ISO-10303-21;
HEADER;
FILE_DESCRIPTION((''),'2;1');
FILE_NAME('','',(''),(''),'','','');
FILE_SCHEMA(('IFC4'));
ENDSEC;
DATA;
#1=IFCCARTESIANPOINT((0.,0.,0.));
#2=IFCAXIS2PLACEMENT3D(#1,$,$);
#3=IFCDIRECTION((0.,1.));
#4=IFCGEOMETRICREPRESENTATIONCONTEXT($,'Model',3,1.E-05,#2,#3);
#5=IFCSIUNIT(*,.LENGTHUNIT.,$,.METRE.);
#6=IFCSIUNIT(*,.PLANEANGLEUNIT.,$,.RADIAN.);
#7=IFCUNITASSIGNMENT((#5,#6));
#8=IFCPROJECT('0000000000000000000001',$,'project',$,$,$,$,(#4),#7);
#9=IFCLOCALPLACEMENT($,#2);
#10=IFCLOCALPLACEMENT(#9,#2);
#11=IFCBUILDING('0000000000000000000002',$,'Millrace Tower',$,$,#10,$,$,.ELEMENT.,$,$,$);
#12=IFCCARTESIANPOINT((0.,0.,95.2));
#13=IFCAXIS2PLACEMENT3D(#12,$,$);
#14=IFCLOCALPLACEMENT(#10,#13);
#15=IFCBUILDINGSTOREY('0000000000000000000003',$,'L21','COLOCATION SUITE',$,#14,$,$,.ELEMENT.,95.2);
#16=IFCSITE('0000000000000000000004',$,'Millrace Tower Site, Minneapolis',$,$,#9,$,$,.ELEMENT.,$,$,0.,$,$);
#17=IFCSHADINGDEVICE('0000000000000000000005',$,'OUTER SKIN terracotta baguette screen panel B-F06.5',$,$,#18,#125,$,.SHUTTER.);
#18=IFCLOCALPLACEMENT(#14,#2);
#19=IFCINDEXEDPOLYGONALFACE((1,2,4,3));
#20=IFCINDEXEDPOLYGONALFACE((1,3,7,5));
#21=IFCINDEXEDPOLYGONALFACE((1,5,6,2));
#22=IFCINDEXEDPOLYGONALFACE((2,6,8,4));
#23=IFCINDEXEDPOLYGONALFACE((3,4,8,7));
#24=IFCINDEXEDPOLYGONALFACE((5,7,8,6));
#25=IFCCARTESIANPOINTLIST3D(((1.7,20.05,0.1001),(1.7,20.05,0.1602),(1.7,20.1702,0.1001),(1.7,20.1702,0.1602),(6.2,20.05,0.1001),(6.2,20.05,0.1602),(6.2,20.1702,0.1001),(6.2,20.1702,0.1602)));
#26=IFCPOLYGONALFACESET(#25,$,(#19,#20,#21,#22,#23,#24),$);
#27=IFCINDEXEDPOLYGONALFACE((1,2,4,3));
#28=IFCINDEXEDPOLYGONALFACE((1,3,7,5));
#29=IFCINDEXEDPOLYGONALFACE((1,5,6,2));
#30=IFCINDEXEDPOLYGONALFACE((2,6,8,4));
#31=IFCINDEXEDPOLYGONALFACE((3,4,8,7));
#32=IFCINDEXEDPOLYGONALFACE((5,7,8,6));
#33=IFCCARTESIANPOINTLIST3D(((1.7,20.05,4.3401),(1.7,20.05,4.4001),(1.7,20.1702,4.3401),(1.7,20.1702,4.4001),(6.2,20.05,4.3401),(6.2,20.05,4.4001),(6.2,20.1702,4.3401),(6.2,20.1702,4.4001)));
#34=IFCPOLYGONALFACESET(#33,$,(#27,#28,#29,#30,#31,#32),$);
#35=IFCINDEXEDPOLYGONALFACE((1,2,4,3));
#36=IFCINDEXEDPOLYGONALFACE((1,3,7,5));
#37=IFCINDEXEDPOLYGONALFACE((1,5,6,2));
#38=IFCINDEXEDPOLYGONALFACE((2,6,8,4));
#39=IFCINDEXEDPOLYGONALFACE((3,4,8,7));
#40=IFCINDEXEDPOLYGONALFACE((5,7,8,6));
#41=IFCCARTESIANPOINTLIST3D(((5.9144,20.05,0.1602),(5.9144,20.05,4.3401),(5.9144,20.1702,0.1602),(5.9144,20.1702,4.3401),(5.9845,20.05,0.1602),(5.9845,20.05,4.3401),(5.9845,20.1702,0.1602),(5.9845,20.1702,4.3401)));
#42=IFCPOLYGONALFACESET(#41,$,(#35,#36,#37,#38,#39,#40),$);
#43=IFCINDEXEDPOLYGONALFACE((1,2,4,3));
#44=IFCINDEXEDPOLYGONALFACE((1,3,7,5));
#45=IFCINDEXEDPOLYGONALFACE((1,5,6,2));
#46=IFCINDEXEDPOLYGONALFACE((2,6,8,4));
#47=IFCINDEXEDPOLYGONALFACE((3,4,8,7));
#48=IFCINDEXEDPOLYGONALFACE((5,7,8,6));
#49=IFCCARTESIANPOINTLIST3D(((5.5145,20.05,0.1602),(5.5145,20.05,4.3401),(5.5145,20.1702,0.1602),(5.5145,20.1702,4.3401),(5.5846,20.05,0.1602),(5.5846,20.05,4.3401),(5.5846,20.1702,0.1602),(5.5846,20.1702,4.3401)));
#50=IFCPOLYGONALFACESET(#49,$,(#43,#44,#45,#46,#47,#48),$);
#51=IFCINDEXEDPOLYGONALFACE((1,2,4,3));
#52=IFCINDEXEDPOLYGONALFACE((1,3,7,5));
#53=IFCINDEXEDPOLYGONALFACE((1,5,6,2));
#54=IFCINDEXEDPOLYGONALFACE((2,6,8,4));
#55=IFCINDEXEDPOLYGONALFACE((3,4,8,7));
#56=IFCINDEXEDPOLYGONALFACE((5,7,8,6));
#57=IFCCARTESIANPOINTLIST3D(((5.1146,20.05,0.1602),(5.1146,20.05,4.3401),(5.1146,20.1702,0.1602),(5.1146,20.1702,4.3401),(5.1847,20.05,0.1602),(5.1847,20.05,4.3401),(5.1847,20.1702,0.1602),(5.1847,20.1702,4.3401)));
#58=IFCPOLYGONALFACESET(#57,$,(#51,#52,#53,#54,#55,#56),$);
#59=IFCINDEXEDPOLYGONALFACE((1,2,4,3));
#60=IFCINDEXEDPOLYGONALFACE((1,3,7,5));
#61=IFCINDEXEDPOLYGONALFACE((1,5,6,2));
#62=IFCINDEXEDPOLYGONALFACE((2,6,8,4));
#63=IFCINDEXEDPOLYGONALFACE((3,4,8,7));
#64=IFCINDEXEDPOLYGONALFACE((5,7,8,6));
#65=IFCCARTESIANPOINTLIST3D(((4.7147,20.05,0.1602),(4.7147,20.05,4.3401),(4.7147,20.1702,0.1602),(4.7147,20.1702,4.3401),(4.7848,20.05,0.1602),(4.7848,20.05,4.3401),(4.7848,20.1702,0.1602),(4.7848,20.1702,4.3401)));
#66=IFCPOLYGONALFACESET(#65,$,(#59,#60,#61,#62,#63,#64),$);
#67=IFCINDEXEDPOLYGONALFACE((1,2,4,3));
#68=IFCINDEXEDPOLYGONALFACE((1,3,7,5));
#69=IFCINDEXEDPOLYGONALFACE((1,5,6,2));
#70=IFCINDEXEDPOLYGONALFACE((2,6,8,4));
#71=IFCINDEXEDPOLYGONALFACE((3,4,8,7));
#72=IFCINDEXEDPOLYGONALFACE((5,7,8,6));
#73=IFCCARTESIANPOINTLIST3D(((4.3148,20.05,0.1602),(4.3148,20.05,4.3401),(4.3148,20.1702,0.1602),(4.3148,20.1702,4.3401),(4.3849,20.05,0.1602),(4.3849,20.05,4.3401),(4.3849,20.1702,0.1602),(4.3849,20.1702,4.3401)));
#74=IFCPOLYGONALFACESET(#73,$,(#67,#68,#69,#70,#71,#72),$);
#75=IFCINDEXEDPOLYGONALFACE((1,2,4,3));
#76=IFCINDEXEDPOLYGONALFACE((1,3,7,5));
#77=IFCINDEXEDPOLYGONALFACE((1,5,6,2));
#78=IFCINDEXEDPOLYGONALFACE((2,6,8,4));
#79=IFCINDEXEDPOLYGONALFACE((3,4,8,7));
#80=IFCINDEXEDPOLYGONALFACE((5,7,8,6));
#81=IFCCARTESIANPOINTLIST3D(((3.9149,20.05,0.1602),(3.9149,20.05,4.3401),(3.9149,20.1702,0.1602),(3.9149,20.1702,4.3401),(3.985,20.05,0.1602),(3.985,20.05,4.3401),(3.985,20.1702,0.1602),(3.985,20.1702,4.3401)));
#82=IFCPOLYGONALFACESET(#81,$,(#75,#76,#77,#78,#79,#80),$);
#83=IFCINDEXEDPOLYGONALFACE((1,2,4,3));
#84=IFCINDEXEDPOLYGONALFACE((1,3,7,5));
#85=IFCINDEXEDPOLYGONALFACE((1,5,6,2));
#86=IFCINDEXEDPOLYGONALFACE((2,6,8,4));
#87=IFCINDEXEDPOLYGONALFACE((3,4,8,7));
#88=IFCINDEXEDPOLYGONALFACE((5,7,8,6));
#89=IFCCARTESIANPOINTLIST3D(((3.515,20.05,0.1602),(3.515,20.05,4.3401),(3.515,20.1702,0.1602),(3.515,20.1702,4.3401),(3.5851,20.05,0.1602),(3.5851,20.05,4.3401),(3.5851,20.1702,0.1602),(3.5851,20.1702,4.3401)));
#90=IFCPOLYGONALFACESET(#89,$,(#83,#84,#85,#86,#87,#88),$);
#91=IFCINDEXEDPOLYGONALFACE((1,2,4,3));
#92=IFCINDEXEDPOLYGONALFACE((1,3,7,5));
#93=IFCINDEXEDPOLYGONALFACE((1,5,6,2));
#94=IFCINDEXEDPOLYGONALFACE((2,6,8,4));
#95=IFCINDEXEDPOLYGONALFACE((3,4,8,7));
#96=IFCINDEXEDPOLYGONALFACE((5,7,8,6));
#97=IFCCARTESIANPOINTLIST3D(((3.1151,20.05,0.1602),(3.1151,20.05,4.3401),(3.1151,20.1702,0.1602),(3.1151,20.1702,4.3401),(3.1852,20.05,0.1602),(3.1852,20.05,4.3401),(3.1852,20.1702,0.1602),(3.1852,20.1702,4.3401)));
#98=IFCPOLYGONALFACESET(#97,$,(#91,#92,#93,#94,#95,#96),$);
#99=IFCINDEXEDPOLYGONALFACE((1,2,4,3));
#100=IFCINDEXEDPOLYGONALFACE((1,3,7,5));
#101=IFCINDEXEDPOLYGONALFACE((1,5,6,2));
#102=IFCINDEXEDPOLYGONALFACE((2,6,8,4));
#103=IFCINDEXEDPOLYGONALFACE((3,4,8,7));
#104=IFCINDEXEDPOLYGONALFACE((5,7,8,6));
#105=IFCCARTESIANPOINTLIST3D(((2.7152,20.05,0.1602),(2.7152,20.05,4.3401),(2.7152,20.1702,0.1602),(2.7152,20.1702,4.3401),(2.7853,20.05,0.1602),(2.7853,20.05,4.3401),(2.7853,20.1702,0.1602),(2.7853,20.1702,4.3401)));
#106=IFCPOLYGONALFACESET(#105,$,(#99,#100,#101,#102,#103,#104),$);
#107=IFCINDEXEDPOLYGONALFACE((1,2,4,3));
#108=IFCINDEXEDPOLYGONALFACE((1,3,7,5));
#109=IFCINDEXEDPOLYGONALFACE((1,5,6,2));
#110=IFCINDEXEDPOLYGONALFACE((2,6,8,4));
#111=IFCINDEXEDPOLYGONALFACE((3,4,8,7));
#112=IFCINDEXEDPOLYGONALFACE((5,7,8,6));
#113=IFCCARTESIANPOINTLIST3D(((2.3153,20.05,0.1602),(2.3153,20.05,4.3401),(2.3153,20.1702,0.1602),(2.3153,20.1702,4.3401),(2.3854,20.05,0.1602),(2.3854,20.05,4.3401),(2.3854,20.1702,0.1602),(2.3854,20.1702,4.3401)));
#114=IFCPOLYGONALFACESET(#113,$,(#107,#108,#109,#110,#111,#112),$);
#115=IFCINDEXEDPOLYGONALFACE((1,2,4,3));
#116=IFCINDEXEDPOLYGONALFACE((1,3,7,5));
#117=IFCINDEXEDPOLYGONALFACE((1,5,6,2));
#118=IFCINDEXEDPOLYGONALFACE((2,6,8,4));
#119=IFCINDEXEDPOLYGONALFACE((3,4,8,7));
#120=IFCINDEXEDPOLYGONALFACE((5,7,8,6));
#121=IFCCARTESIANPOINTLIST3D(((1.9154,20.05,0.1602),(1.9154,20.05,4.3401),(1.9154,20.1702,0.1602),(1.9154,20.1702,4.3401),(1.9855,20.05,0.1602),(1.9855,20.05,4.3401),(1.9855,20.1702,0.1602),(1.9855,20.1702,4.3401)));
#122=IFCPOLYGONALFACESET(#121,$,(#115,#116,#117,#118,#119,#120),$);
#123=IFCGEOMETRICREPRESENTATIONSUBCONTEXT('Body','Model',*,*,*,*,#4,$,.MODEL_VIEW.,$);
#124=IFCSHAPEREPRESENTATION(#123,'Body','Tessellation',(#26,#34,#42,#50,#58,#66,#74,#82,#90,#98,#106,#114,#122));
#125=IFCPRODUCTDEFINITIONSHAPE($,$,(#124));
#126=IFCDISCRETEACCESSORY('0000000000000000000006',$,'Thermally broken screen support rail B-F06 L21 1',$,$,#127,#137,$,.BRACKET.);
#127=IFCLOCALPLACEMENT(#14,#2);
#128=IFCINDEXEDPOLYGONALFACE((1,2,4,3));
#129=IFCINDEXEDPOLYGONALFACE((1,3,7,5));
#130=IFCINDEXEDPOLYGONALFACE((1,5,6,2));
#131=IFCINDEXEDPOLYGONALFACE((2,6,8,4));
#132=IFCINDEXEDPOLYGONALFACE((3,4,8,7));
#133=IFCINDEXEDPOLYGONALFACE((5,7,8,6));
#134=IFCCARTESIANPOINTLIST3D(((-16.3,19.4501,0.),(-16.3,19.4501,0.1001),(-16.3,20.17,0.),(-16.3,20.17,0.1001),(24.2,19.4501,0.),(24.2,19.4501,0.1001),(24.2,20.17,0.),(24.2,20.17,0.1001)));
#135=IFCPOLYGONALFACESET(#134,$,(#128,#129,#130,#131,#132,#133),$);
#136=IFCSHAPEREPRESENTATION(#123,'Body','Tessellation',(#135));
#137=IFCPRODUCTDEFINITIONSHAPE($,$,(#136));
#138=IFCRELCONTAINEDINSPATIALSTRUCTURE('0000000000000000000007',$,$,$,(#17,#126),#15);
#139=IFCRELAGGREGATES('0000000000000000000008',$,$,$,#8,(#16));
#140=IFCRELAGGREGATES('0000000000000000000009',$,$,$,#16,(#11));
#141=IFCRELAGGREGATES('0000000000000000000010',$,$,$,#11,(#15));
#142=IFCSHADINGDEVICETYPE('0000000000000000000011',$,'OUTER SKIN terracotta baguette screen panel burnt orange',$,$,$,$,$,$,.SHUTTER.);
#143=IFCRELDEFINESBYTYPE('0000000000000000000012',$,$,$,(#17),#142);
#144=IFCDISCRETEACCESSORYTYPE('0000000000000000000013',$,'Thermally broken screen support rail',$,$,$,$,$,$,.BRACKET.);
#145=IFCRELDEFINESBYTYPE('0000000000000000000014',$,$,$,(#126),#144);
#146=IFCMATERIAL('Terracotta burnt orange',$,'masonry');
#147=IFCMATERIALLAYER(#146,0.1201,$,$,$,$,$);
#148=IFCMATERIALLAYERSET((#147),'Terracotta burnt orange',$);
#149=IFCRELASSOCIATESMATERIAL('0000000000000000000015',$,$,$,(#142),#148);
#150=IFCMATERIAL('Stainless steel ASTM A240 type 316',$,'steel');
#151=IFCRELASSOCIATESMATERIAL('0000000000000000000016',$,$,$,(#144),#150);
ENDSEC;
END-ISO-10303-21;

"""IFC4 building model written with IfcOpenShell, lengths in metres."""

from ifc_helpers import new_model, entity, si_unit, direction, frame, frame_2d, origin, origin_2d, place, context, subcontext, project, spatial, rectangle, extrude, source, transform, mapped, material, layer, layer_set, type_object, element, save


model = new_model("IFC4")

# Units and contexts
model_context = context("Model", 3, precision=1e-05, world=origin(), true_north=direction((0.0, 1.0)))
body_context = subcontext(model_context, "Body", "Model", "MODEL_VIEW")
ifc_project = project(units=[si_unit("LENGTHUNIT", "METRE"), si_unit("PLANEANGLEUNIT", "RADIAN")], contexts=[model_context])

# Site, building, storey
site_placement = place(None, origin())
site = spatial("IfcSite", under=ifc_project, at=site_placement, Name="Millrace Tower Site, Minneapolis", CompositionType="ELEMENT", RefElevation=0.0)
building_placement = place(site_placement, origin())
building = spatial("IfcBuilding", under=site, at=building_placement, Name="Millrace Tower", CompositionType="ELEMENT")
storey_placement = place(building_placement, frame((0.0, 0.0, 95.2)))
storey = spatial("IfcBuildingStorey", under=building, at=storey_placement, Name="L21", Description="COLOCATION SUITE", CompositionType="ELEMENT", Elevation=95.2)

# Shading device
ifc_material_1 = material(Name="Terracotta burnt orange", Category="masonry")
ifc_layer_1 = layer(ifc_material_1, 0.1201)
ifc_layer_set_1 = layer_set([ifc_layer_1], Name="Terracotta burnt orange")
shading_device_type = type_object("IfcShadingDeviceType", Name="OUTER SKIN terracotta baguette screen panel burnt orange", PredefinedType="SHUTTER", material=ifc_layer_set_1)
cartesian_point = entity("IfcCartesianPoint", [-2.25, 0.0601])
shared_polyline = entity("IfcPolyline", [cartesian_point, entity("IfcCartesianPoint", [2.25, 0.0601]), entity("IfcCartesianPoint", [2.25, -0.0601]), entity("IfcCartesianPoint", [-2.25, -0.0601]), cartesian_point])
shared_shape = source(origin(), body_context, "Body", "SweptSolid", [
    entity("IfcExtrudedAreaSolid", entity("IfcArbitraryClosedProfileDef", "AREA", None, shared_polyline), entity("IfcAxis2Placement3D", entity("IfcCartesianPoint", [0.0, 0.0, 0.0])), entity("IfcDirection", [0.0, 0.0, 1.0]), 0.0601),
    entity("IfcExtrudedAreaSolid", entity("IfcArbitraryClosedProfileDef", "AREA", None, shared_polyline), entity("IfcAxis2Placement3D", entity("IfcCartesianPoint", [0.0, 0.0, 4.24])), entity("IfcDirection", [0.0, 0.0, 1.0]), 0.0601),
    extrude(rectangle(XDim=0.0701, YDim=0.1201, at=frame_2d((-1.9995, 0.0))), frame((0.0, 0.0, 0.0601)), (0.0, 0.0, 1.0), 4.1799),
    extrude(rectangle(XDim=0.0701, YDim=0.1201, at=frame_2d((-1.5996, 0.0))), frame((0.0, 0.0, 0.0601)), (0.0, 0.0, 1.0), 4.1799),
    extrude(rectangle(XDim=0.0701, YDim=0.1201, at=frame_2d((-1.1997, 0.0))), frame((0.0, 0.0, 0.0601)), (0.0, 0.0, 1.0), 4.1799),
    extrude(rectangle(XDim=0.0701, YDim=0.1201, at=frame_2d((-0.7998, 0.0))), frame((0.0, 0.0, 0.0601)), (0.0, 0.0, 1.0), 4.1799),
    extrude(rectangle(XDim=0.0701, YDim=0.1201, at=frame_2d((-0.3999, 0.0))), frame((0.0, 0.0, 0.0601)), (0.0, 0.0, 1.0), 4.1799),
    extrude(rectangle(XDim=0.0701, YDim=0.1201, at=origin_2d()), frame((0.0, 0.0, 0.0601)), (0.0, 0.0, 1.0), 4.1799),
    extrude(rectangle(XDim=0.0701, YDim=0.1201, at=frame_2d((0.3999, 0.0))), frame((0.0, 0.0, 0.0601)), (0.0, 0.0, 1.0), 4.1799),
    extrude(rectangle(XDim=0.0701, YDim=0.1201, at=frame_2d((0.7998, 0.0))), frame((0.0, 0.0, 0.0601)), (0.0, 0.0, 1.0), 4.1799),
    extrude(rectangle(XDim=0.0701, YDim=0.1201, at=frame_2d((1.1997, 0.0))), frame((0.0, 0.0, 0.0601)), (0.0, 0.0, 1.0), 4.1799),
    extrude(rectangle(XDim=0.0701, YDim=0.1201, at=frame_2d((1.5996, 0.0))), frame((0.0, 0.0, 0.0601)), (0.0, 0.0, 1.0), 4.1799),
    extrude(rectangle(XDim=0.0701, YDim=0.1201, at=frame_2d((1.9995, 0.0))), frame((0.0, 0.0, 0.0601)), (0.0, 0.0, 1.0), 4.1799),
])
for number, where, z_axis, x_axis, name in (
    (1, (3.95, 20.1101, 0.1001), (0.0, 0.0, 1.0), (-1.0, 0.0, 0.0), "OUTER SKIN terracotta baguette screen panel B-F06.5"),
):
    element("IfcShadingDevice", number, at=place(storey_placement, frame(where, z_axis=z_axis, x_axis=x_axis)), inside=storey, type_object=shading_device_type, Name=name, PredefinedType="SHUTTER", context=body_context, shape_type="MappedRepresentation", body=[
        mapped(shared_shape, transform((0.0, 0.0, 0.0), scale=1.0)),
    ])

# Discrete accessory
ifc_material_2 = material(Name="Stainless steel ASTM A240 type 316", Category="steel")
discrete_accessory_type = type_object("IfcDiscreteAccessoryType", Name="Thermally broken screen support rail", PredefinedType="BRACKET", material=ifc_material_2)
discrete_accessory_placement = place(storey_placement, frame((3.95, 19.8101, 0.0), z_axis=(0.0, 0.0, 1.0), x_axis=(-1.0, 0.0, 0.0)))
element("IfcDiscreteAccessory", 2, at=discrete_accessory_placement, inside=storey, type_object=discrete_accessory_type, Name="Thermally broken screen support rail B-F06 L21 1", PredefinedType="BRACKET", context=body_context, shape_type="SweptSolid", body=[
    extrude(rectangle(XDim=40.5, YDim=0.72, at=origin_2d()), origin(), (0.0, 0.0, 1.0), 0.1001),
])

save(model, "model.ifc")
